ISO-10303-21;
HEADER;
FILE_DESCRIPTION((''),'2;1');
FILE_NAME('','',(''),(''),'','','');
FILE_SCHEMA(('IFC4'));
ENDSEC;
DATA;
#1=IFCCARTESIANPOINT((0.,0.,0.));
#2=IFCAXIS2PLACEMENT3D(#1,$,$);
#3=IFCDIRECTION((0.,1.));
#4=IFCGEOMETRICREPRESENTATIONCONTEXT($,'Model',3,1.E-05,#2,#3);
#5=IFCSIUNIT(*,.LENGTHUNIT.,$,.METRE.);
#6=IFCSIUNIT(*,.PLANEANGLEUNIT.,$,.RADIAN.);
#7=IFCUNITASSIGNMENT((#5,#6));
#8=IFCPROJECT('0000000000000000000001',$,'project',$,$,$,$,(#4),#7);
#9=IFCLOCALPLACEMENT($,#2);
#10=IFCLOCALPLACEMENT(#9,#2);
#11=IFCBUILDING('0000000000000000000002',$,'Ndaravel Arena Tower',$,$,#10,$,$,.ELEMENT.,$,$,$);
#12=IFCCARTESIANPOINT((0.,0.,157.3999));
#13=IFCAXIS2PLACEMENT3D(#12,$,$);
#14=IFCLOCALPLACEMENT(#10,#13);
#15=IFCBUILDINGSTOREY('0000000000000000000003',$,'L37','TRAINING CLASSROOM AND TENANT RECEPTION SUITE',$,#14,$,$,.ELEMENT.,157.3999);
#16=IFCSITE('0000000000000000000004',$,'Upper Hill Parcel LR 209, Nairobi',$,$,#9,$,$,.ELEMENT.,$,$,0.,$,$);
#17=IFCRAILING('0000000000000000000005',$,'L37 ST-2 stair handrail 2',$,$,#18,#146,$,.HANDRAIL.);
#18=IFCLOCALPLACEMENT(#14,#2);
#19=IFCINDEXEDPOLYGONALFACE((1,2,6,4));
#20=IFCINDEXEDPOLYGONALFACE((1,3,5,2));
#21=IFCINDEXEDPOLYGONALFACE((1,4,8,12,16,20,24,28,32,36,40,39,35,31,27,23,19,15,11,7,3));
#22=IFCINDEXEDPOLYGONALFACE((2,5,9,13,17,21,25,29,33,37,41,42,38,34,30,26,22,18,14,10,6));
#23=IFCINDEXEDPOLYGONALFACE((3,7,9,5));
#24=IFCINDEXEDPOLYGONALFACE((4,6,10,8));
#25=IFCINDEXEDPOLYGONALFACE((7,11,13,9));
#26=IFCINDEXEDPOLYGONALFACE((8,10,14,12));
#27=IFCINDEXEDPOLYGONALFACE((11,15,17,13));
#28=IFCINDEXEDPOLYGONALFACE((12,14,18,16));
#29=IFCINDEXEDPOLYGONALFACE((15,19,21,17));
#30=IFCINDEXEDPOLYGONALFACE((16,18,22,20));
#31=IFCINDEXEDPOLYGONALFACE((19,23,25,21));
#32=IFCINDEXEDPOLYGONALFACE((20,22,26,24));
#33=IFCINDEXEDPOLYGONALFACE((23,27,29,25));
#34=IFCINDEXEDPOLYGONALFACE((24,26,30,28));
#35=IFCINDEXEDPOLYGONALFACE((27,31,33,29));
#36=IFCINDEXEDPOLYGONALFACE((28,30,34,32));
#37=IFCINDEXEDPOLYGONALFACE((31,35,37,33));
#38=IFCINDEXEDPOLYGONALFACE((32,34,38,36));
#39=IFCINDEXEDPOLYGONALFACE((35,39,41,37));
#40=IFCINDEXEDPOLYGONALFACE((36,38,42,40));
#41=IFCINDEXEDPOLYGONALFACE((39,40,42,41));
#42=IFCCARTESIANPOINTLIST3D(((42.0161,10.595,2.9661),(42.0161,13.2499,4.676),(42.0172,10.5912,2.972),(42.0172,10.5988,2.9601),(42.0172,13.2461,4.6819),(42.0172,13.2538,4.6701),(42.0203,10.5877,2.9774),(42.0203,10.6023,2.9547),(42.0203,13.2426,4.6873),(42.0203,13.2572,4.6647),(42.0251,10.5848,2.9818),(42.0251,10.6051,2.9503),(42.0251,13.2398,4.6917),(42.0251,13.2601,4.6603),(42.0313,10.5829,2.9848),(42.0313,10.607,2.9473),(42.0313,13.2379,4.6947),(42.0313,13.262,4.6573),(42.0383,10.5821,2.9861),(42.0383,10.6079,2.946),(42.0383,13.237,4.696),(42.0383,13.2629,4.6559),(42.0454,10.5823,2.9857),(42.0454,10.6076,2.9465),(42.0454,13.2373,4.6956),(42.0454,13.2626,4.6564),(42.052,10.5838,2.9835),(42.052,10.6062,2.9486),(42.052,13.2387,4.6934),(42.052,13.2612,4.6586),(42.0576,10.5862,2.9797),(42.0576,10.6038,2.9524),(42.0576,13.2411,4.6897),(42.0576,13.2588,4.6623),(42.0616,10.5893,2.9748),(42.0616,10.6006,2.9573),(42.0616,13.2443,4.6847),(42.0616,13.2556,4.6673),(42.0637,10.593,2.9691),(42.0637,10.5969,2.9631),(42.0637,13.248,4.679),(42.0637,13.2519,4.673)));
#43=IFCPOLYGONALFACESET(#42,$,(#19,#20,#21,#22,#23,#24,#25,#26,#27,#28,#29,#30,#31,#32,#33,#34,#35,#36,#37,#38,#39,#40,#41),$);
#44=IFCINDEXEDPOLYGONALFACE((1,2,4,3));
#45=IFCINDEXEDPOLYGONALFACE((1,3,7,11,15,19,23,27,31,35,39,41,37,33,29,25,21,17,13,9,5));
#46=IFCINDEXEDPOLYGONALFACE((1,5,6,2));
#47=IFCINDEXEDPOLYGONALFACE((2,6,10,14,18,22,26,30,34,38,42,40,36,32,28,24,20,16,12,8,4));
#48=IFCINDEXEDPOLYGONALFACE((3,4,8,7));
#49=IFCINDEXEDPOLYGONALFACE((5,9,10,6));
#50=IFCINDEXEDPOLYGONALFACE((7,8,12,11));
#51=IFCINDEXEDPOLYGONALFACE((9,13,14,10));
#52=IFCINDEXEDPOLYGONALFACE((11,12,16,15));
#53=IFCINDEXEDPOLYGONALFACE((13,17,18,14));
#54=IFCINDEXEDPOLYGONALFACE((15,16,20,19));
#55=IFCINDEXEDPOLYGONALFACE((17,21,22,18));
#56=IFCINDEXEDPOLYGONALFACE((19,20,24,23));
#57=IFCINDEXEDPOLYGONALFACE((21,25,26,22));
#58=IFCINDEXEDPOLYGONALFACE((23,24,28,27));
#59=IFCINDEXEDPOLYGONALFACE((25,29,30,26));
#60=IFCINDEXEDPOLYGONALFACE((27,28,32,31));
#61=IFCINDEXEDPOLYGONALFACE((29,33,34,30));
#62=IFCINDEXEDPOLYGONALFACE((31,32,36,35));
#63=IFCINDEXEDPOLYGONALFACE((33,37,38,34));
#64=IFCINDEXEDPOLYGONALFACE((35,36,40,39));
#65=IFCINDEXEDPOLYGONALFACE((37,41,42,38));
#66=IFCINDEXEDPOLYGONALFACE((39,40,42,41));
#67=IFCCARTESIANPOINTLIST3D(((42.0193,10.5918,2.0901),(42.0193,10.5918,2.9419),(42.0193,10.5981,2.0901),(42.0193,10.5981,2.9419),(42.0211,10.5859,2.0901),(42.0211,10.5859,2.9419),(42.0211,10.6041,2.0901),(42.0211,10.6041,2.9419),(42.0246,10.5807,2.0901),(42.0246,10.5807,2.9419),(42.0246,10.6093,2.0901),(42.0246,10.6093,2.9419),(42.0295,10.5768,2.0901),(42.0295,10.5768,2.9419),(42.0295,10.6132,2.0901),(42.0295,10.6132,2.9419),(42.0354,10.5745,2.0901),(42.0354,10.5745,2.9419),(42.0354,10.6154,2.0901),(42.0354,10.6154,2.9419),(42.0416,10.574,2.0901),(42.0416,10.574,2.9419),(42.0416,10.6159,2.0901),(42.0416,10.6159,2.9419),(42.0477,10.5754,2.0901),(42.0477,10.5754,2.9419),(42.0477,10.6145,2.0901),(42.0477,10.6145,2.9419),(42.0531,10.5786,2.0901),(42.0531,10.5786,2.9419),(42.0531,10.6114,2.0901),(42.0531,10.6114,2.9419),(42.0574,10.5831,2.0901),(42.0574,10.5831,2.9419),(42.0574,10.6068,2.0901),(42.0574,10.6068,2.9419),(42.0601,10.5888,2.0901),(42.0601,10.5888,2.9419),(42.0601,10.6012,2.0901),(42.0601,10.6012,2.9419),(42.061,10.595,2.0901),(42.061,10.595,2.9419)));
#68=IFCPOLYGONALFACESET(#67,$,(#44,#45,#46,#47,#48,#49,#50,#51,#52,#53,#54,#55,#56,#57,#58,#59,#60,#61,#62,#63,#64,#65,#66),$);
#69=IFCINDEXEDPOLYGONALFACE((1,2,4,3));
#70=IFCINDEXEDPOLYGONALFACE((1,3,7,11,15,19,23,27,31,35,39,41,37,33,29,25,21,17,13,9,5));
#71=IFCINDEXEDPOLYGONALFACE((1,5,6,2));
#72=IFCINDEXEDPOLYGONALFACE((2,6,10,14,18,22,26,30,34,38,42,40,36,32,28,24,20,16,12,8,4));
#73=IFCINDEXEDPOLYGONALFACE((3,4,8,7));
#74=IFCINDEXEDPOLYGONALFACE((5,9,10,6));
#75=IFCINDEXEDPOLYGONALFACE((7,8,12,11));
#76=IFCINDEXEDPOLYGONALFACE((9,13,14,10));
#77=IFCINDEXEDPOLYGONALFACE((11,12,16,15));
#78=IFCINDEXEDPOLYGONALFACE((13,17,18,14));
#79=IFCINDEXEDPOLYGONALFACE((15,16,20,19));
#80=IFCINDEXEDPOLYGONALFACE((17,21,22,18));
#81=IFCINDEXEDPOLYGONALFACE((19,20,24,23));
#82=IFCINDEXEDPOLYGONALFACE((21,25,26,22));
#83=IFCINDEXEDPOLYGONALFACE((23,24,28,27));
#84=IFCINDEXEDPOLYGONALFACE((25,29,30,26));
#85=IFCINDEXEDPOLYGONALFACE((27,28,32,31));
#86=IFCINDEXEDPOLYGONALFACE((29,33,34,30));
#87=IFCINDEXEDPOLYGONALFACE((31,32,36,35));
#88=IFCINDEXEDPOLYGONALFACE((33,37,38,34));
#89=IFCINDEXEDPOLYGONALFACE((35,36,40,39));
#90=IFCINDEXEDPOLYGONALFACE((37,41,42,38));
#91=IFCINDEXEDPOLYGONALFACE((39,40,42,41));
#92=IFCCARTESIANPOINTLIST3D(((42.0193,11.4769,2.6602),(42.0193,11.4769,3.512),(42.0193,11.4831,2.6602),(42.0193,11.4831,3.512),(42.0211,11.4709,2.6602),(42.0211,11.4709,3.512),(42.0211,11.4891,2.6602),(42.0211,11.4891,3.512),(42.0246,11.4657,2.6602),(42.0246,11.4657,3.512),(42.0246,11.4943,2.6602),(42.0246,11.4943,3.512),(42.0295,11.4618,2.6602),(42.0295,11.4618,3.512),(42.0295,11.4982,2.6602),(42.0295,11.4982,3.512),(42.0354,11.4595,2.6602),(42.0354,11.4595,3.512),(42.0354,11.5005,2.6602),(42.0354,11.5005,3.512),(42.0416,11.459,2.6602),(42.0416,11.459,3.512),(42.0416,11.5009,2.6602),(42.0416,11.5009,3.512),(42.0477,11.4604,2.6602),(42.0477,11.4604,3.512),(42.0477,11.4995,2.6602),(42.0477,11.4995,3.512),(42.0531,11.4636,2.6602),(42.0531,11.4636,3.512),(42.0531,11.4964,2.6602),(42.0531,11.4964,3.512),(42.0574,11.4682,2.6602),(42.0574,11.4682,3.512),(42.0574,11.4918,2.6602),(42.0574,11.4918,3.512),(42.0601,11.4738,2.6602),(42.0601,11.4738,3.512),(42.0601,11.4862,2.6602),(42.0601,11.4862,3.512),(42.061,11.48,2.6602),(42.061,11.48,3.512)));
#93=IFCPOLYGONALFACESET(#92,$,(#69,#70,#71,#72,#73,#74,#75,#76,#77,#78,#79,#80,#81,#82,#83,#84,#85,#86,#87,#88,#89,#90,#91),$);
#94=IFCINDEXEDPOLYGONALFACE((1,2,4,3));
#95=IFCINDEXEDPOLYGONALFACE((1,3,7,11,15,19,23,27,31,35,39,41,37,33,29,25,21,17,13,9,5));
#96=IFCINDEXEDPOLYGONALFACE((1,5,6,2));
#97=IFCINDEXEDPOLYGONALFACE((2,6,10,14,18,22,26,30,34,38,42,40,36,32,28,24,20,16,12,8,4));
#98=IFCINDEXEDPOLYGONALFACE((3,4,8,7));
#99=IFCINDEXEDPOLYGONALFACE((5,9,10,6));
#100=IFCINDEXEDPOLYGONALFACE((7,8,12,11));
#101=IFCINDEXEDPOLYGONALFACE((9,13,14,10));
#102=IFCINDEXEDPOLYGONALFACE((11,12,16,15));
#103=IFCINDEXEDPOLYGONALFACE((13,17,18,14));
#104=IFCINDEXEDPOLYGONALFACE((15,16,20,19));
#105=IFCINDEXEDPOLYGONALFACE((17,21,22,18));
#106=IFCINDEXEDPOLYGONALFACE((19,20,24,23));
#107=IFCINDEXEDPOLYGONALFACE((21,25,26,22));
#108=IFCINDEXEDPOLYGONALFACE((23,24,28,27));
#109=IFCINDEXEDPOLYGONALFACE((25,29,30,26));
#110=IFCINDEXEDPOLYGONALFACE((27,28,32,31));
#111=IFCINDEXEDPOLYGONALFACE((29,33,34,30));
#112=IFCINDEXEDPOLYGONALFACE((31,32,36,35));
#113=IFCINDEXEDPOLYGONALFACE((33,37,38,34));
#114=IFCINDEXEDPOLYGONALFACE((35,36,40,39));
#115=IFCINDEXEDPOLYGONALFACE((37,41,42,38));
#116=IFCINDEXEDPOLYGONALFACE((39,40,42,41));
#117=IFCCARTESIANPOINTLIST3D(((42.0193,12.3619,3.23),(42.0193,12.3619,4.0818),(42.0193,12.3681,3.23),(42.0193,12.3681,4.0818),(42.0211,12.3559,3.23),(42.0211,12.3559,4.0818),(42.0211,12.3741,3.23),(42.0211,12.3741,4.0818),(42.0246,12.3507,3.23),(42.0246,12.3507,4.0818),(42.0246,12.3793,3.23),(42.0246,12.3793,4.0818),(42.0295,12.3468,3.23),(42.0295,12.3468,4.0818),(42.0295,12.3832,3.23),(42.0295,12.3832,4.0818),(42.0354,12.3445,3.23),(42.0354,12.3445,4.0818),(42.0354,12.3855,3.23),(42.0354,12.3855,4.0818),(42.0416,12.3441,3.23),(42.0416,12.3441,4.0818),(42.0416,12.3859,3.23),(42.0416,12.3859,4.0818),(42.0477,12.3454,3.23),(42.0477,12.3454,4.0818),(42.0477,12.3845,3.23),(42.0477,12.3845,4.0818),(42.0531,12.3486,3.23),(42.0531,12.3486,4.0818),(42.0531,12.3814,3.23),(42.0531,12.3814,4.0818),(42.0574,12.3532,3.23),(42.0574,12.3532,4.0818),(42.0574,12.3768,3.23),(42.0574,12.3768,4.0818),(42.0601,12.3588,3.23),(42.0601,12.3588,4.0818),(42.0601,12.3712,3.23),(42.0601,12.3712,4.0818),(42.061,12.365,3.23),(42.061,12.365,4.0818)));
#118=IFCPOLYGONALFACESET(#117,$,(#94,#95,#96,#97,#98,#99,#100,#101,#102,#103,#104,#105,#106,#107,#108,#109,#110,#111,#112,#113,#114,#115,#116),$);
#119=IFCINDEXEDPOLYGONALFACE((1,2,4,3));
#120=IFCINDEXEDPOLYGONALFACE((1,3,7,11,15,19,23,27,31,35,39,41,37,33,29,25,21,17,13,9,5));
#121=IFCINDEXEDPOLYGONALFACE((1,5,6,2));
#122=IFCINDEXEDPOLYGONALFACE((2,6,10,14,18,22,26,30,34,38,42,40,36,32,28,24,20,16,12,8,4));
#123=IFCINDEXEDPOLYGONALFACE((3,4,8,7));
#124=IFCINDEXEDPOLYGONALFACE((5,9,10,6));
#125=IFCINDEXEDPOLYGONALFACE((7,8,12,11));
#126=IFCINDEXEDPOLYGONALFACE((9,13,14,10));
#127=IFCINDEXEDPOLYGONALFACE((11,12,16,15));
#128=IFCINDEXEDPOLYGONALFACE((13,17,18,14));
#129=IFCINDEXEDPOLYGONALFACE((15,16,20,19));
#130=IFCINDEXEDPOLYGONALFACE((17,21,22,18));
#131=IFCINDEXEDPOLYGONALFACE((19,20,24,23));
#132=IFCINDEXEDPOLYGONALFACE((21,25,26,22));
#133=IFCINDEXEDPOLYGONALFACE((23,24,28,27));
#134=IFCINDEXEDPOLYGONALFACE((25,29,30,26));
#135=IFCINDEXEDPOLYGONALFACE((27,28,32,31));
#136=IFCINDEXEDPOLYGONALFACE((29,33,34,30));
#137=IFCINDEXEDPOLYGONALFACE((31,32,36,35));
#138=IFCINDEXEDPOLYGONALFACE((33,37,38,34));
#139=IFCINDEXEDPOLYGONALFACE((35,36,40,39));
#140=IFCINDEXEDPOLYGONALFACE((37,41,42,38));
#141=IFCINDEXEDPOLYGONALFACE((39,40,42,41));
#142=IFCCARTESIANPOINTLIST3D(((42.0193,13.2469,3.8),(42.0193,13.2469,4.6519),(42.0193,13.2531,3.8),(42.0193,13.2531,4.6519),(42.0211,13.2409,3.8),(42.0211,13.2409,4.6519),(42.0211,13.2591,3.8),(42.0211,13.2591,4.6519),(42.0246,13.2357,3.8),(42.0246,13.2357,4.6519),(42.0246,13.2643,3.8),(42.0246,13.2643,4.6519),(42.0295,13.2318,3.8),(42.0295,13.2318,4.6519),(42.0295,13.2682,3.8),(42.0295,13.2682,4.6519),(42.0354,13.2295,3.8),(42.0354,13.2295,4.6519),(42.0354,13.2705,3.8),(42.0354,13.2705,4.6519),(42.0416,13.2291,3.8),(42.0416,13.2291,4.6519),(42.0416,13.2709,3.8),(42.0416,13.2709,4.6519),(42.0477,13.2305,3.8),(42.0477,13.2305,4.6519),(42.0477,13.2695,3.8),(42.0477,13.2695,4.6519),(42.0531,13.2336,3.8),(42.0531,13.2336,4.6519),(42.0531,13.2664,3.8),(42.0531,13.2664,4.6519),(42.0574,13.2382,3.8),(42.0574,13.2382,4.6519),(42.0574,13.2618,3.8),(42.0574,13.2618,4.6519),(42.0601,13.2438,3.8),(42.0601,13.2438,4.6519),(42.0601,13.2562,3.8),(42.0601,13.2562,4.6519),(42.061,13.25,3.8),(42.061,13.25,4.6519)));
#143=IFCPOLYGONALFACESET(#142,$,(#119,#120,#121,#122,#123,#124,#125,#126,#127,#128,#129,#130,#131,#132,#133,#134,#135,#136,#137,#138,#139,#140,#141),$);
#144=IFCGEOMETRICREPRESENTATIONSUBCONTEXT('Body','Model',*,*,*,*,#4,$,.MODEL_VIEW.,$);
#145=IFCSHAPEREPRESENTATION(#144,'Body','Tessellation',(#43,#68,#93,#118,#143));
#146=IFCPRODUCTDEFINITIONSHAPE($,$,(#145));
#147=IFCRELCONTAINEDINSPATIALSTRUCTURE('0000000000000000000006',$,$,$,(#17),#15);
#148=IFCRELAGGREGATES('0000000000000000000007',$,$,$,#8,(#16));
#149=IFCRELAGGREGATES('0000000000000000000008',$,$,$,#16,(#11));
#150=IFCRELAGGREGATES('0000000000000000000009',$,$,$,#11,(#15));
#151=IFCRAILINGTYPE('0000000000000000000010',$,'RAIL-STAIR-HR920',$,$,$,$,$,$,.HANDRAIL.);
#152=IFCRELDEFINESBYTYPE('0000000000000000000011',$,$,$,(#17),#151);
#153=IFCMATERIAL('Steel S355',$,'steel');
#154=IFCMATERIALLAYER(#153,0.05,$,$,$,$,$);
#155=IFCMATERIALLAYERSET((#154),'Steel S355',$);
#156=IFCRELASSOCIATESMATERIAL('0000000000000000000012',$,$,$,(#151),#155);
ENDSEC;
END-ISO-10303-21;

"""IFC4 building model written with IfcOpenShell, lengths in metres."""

from ifc_helpers import new_model, si_unit, direction, frame, origin, origin_2d, place, context, subcontext, project, spatial, circle, extrude, material, layer, layer_set, type_object, element, save


model = new_model("IFC4")

# Units and contexts
model_context = context("Model", 3, precision=1e-05, world=origin(), true_north=direction((0.0, 1.0)))
body_context = subcontext(model_context, "Body", "Model", "MODEL_VIEW")
ifc_project = project(units=[si_unit("LENGTHUNIT", "METRE"), si_unit("PLANEANGLEUNIT", "RADIAN")], contexts=[model_context])

# Site, building, storey
site_placement = place(None, origin())
site = spatial("IfcSite", under=ifc_project, at=site_placement, Name="Upper Hill Parcel LR 209, Nairobi", CompositionType="ELEMENT", RefElevation=0.0)
building_placement = place(site_placement, origin())
building = spatial("IfcBuilding", under=site, at=building_placement, Name="Ndaravel Arena Tower", CompositionType="ELEMENT")
storey_placement = place(building_placement, frame((0.0, 0.0, 157.3999)))
storey = spatial("IfcBuildingStorey", under=building, at=storey_placement, Name="L37", Description="TRAINING CLASSROOM AND TENANT RECEPTION SUITE", CompositionType="ELEMENT", Elevation=157.3999)

# Railing
ifc_material_1 = material(Name="Steel S355", Category="steel")
ifc_layer_1 = layer(ifc_material_1, 0.05)
ifc_layer_set_1 = layer_set([ifc_layer_1], Name="Steel S355")
railing_type_1 = type_object("IfcRailingType", Name="RAIL-STAIR-HR920", PredefinedType="HANDRAIL", material=ifc_layer_set_1)
railing_1_placement = place(storey_placement, frame((42.04, 10.595, 2.0901)))
element("IfcRailing", 1, at=railing_1_placement, inside=storey, type_object=railing_type_1, Name="L37 ST-2 stair handrail 2", PredefinedType="HANDRAIL", context=body_context, shape_type="SweptSolid", body=[
    extrude(circle(Radius=0.0239, at=origin_2d()), frame((0.0, 0.0, 0.876), z_axis=(0.0, 0.840724, 0.541465), x_axis=(-1.0, 0.0, 0.0)), (0.0, 0.0, 1.0), 3.158),
    extrude(circle(Radius=0.021, at=origin_2d()), origin(), (0.0, 0.0, 1.0), 0.8518),
    extrude(circle(Radius=0.021, at=origin_2d()), frame((0.0, 0.885, 0.5701)), (0.0, 0.0, 1.0), 0.8518),
    extrude(circle(Radius=0.021, at=origin_2d()), frame((0.0, 1.77, 1.1399)), (0.0, 0.0, 1.0), 0.8518),
    extrude(circle(Radius=0.021, at=origin_2d()), frame((0.0, 2.655, 1.71)), (0.0, 0.0, 1.0), 0.8518),
])

save(model, "model.ifc")
